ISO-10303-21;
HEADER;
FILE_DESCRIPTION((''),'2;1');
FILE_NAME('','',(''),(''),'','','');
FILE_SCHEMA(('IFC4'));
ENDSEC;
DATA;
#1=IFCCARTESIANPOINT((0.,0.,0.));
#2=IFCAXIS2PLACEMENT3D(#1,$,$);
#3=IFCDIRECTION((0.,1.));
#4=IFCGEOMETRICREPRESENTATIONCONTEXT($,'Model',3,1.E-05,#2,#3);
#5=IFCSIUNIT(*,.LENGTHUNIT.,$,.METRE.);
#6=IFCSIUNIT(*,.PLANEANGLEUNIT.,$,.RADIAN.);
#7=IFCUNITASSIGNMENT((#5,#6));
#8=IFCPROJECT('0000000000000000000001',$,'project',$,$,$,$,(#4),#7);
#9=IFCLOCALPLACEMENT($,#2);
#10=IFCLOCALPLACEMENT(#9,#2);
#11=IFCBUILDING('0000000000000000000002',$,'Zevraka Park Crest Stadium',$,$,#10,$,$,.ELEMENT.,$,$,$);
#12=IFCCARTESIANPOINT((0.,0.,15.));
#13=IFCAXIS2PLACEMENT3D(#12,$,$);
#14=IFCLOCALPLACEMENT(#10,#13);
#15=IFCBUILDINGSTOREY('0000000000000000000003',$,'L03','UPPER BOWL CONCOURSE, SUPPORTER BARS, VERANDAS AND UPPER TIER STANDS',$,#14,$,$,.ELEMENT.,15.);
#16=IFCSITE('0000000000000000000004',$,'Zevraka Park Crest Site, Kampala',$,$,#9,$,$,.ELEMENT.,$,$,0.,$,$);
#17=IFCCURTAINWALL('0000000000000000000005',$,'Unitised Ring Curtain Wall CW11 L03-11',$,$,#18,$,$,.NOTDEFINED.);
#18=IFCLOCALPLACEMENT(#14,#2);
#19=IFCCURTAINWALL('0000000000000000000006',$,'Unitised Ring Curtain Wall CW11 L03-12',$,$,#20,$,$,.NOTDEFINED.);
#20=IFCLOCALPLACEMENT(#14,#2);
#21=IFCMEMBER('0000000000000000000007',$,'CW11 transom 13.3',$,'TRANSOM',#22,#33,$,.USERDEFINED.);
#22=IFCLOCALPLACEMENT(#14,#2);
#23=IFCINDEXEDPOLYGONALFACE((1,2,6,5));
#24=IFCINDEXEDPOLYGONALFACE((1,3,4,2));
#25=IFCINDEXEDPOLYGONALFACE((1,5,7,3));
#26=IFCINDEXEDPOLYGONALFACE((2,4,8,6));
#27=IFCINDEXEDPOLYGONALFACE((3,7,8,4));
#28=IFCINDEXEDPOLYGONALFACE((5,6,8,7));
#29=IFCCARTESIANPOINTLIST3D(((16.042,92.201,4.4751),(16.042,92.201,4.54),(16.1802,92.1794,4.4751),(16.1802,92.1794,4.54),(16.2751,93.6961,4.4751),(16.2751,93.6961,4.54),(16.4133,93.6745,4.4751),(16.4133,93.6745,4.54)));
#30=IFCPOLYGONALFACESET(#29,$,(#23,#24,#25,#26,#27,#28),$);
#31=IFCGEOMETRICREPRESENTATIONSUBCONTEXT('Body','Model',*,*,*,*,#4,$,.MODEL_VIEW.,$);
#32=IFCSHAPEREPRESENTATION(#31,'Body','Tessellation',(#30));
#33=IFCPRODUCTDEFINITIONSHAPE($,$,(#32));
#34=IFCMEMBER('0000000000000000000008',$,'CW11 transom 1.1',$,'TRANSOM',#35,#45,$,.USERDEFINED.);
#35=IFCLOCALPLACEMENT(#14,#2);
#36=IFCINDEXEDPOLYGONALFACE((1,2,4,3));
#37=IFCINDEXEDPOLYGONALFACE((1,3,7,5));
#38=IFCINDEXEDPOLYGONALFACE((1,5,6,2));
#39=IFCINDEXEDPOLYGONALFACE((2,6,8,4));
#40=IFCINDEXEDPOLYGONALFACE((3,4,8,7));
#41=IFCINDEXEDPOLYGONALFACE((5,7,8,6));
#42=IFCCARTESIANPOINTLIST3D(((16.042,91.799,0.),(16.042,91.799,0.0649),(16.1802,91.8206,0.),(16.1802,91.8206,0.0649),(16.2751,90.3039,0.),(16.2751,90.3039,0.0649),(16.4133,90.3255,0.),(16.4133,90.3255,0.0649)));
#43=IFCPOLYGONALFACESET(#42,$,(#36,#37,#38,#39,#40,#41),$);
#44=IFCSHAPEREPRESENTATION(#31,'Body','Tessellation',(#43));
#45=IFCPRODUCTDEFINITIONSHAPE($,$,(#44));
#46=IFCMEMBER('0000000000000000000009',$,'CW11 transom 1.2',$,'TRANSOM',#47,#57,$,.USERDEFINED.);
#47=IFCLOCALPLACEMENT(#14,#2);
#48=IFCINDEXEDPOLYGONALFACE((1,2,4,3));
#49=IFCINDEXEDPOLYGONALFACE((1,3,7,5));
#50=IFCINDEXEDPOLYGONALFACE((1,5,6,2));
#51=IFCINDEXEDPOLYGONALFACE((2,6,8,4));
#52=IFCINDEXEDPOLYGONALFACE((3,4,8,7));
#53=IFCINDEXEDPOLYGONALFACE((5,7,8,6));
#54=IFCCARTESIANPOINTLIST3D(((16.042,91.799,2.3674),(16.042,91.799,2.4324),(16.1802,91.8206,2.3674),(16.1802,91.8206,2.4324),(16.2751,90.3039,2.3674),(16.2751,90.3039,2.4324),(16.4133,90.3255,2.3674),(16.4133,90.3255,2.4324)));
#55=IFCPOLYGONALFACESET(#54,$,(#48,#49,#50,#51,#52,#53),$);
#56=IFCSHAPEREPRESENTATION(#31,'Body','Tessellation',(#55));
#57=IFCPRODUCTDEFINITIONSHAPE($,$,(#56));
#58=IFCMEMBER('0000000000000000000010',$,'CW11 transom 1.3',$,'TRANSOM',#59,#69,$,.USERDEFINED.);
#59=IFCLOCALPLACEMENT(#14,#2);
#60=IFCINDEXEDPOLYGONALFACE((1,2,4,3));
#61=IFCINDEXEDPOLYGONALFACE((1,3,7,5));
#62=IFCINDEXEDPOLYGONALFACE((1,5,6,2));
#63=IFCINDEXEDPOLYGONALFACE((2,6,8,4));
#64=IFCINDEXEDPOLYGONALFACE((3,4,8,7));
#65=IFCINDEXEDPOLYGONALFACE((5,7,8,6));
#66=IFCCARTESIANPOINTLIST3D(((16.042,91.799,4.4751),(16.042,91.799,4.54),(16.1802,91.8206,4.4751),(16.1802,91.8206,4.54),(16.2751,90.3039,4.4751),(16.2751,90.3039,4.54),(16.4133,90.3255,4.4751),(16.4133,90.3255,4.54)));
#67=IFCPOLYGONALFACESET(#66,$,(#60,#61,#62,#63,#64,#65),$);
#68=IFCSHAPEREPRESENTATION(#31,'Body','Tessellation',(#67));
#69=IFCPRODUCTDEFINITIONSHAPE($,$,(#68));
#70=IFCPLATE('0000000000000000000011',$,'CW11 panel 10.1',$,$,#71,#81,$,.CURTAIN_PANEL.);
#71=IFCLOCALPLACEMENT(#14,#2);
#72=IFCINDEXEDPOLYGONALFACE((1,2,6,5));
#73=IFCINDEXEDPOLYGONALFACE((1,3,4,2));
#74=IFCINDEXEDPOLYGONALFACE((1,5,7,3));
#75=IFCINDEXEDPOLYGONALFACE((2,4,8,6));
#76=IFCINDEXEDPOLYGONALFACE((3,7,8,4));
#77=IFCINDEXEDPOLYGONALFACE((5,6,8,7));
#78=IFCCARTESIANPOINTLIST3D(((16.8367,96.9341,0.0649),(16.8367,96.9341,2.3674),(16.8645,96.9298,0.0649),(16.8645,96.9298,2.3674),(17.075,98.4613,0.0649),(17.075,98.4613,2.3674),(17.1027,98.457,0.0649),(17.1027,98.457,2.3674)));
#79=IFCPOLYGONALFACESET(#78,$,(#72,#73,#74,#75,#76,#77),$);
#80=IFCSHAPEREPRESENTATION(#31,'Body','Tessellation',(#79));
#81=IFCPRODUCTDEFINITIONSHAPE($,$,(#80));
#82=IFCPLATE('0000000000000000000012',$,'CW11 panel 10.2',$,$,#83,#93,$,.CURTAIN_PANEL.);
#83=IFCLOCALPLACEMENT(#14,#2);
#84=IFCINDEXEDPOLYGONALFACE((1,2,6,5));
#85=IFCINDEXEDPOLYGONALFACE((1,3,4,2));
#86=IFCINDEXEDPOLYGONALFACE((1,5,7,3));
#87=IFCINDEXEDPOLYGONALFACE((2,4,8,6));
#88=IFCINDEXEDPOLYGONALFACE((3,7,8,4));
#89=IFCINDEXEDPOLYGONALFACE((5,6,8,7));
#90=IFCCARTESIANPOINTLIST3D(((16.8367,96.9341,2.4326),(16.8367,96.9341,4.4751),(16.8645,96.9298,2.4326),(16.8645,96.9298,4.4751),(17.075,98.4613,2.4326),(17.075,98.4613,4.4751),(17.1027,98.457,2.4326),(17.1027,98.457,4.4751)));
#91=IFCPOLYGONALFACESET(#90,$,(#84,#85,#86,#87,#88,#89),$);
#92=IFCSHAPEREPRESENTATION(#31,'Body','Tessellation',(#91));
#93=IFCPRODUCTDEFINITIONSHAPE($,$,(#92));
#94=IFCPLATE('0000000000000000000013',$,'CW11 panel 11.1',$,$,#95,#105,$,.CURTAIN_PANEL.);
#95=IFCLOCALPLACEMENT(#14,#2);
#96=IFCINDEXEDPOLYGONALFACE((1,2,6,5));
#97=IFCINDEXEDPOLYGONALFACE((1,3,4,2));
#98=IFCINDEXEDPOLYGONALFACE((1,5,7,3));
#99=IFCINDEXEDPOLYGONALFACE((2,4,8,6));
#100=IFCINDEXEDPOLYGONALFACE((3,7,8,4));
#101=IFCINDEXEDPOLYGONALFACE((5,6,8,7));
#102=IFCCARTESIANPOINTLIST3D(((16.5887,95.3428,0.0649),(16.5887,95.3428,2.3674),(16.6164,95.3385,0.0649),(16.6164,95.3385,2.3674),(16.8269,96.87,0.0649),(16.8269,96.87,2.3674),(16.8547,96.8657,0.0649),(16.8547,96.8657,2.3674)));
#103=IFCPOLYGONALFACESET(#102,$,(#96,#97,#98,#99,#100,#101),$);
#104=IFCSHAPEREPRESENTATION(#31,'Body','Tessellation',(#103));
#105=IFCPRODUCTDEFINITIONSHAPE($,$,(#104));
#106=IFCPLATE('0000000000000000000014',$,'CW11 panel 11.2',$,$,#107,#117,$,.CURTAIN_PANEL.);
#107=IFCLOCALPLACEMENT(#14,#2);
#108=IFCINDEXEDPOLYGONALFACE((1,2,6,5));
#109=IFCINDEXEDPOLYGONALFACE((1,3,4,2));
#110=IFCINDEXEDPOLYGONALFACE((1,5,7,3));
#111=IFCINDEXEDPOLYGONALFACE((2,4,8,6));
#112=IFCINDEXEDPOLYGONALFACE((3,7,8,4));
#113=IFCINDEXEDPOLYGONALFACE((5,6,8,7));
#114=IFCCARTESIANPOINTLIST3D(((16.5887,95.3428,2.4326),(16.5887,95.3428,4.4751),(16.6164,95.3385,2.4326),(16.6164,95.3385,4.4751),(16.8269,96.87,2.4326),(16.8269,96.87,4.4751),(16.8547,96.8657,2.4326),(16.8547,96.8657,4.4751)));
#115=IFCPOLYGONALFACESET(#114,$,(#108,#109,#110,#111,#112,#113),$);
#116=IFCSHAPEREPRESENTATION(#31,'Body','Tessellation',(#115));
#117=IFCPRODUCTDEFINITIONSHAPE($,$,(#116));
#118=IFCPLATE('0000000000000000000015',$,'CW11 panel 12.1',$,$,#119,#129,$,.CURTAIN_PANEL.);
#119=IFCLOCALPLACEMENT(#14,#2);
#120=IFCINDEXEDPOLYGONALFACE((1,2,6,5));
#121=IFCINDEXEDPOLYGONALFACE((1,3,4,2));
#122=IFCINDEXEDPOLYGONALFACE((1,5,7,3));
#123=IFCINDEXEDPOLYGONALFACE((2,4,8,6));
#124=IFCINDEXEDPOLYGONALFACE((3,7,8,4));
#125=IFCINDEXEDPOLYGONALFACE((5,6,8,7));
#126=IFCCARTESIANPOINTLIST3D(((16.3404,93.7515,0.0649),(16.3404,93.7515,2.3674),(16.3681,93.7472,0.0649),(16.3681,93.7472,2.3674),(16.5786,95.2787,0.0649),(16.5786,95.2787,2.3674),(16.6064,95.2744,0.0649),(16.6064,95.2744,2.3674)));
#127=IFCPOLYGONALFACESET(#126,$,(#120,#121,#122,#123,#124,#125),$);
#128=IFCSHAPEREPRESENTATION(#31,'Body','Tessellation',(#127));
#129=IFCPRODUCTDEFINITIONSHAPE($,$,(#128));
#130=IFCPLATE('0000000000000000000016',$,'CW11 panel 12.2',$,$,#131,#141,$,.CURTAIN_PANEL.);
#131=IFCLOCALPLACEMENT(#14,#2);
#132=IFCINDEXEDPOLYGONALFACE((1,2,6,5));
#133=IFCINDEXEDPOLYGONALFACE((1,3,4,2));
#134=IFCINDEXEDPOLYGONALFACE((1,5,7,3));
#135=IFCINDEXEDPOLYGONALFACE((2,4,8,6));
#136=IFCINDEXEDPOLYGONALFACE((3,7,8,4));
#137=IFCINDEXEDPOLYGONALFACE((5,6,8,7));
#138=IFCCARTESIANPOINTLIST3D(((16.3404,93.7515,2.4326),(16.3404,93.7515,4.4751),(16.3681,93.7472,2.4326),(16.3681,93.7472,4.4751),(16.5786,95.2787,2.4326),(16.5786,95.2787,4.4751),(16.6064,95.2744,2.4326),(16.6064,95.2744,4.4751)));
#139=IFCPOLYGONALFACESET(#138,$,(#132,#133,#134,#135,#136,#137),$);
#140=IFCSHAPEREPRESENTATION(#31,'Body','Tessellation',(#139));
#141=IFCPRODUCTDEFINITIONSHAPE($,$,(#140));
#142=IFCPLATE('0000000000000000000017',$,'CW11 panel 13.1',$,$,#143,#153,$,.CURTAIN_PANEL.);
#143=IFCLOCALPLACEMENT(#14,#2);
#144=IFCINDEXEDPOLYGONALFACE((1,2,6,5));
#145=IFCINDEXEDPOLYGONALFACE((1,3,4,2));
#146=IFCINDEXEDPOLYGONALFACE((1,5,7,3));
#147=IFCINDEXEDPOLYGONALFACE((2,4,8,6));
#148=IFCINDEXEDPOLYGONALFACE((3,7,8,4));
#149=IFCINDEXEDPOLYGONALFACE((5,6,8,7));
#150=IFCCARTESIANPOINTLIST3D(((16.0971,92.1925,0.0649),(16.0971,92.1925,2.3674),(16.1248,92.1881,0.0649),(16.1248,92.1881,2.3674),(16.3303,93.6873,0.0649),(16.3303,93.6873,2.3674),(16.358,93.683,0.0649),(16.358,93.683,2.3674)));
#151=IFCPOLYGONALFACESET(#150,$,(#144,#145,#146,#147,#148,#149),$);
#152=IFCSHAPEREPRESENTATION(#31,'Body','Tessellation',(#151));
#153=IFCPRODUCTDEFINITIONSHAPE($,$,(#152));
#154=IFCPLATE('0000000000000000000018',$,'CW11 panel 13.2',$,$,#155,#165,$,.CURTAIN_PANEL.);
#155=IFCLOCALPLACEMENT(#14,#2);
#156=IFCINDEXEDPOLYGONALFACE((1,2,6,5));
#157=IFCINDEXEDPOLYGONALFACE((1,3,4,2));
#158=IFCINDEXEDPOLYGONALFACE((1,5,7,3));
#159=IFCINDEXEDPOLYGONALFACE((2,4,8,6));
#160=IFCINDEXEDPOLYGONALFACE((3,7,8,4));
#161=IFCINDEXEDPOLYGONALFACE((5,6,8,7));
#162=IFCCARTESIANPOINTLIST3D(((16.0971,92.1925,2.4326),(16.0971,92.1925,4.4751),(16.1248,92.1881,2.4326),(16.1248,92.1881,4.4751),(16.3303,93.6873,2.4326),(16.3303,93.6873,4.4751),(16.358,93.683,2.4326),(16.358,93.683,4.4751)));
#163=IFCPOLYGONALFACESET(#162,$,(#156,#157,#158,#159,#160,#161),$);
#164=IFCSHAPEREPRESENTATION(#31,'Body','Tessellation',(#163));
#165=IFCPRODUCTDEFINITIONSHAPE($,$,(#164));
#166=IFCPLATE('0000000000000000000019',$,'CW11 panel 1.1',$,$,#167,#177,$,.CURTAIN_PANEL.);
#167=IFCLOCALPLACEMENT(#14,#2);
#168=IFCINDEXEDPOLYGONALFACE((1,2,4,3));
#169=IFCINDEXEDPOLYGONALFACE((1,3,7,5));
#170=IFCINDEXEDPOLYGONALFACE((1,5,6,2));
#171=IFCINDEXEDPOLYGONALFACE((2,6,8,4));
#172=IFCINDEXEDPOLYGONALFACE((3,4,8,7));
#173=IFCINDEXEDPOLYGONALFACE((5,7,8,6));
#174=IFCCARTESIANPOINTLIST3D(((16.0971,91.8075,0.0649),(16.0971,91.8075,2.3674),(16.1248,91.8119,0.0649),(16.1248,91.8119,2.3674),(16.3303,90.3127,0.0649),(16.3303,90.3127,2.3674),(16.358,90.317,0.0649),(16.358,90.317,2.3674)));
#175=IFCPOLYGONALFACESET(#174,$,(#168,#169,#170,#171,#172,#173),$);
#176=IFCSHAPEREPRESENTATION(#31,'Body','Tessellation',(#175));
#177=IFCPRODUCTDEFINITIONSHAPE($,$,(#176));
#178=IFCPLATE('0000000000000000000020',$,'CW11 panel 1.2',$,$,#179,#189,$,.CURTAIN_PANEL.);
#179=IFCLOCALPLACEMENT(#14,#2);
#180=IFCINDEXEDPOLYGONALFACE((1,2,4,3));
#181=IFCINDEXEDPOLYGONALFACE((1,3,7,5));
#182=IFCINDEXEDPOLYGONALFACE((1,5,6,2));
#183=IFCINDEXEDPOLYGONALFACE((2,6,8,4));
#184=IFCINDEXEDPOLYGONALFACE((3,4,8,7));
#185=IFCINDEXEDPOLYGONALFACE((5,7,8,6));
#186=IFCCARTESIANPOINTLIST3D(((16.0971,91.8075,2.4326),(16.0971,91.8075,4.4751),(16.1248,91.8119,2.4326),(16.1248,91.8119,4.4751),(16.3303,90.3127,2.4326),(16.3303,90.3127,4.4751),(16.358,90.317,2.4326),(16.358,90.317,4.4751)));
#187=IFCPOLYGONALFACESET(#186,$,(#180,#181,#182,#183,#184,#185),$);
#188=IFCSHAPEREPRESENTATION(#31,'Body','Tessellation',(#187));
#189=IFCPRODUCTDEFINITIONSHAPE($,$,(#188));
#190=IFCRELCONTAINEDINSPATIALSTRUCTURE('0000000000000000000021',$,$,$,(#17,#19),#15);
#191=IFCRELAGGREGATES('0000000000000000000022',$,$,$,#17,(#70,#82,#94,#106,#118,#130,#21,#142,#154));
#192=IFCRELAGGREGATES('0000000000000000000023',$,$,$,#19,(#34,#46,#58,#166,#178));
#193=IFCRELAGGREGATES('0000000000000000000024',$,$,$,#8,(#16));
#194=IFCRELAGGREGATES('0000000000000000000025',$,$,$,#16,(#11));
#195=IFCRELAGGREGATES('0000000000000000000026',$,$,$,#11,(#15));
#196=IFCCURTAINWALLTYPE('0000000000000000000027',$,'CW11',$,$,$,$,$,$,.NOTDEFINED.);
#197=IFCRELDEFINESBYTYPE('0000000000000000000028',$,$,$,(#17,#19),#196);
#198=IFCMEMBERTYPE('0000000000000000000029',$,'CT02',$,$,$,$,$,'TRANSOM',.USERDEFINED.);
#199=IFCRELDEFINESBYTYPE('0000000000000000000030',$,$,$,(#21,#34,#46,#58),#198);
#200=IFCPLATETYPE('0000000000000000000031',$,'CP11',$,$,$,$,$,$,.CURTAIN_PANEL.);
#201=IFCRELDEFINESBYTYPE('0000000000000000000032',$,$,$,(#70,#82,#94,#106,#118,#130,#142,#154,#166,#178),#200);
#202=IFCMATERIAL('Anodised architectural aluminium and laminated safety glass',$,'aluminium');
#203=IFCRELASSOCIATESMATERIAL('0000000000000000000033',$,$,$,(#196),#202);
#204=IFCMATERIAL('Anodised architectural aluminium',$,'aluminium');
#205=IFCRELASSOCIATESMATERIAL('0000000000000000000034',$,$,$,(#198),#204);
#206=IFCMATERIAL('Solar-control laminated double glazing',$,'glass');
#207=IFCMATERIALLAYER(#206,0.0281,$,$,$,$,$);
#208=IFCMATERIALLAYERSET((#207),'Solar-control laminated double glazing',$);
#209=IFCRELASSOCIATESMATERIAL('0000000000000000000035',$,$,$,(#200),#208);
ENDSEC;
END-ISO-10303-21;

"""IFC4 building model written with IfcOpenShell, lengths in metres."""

from ifc_helpers import new_model, si_unit, direction, frame, origin, origin_2d, place, context, subcontext, project, spatial, rectangle, extrude, material, layer, layer_set, material_profile, profile_set, type_object, element, aggregate, save


model = new_model("IFC4")

# Units and contexts
model_context = context("Model", 3, precision=1e-05, world=origin(), true_north=direction((0.0, 1.0)))
body_context = subcontext(model_context, "Body", "Model", "MODEL_VIEW")
ifc_project = project(units=[si_unit("LENGTHUNIT", "METRE"), si_unit("PLANEANGLEUNIT", "RADIAN")], contexts=[model_context])

# Site, building, storey
site_placement = place(None, origin())
site = spatial("IfcSite", under=ifc_project, at=site_placement, Name="Zevraka Park Crest Site, Kampala", CompositionType="ELEMENT", RefElevation=0.0)
building_placement = place(site_placement, origin())
building = spatial("IfcBuilding", under=site, at=building_placement, Name="Zevraka Park Crest Stadium", CompositionType="ELEMENT")
storey_placement = place(building_placement, frame((0.0, 0.0, 15.0)))
storey = spatial("IfcBuildingStorey", under=building, at=storey_placement, Name="L03", Description="UPPER BOWL CONCOURSE, SUPPORTER BARS, VERANDAS AND UPPER TIER STANDS", CompositionType="ELEMENT", Elevation=15.0)

# Curtain walls
ifc_material_1 = material(Name="Anodised architectural aluminium and laminated safety glass", Category="aluminium")
curtain_wall_type = type_object("IfcCurtainWallType", Name="CW11", PredefinedType="NOTDEFINED", material=ifc_material_1)
curtain_wall_1_placement = place(storey_placement, origin())
curtain_wall_1 = element("IfcCurtainWall", 1, at=curtain_wall_1_placement, inside=storey, type_object=curtain_wall_type, Name="Unitised Ring Curtain Wall CW11 L03-11", PredefinedType="NOTDEFINED")
curtain_wall_2_placement = place(storey_placement, origin())
curtain_wall_2 = element("IfcCurtainWall", 2, at=curtain_wall_2_placement, inside=storey, type_object=curtain_wall_type, Name="Unitised Ring Curtain Wall CW11 L03-12", PredefinedType="NOTDEFINED")

# Members
ifc_material_2 = material(Name="Anodised architectural aluminium", Category="aluminium")
ifc_material_profile_1 = material_profile(ifc_material_2, rectangle(XDim=0.1399, YDim=0.0649, at=origin_2d()), Name="ALU TRANSOM 140x65")
ifc_profile_set_1 = profile_set([ifc_material_profile_1], Name="Anodised architectural aluminium")
member_type_1 = type_object("IfcMemberType", Name="CT02", ElementType="TRANSOM", PredefinedType="USERDEFINED", material=ifc_profile_set_1)
member_1_placement = place(storey_placement, frame((16.3442, 93.6853, 4.5076), z_axis=(-0.154082, -0.988058, 0.0), x_axis=(0.988058, -0.154082, 0.0)))
member_1 = element("IfcMember", 3, at=member_1_placement, type_object=member_type_1, Name="CW11 transom 13.3", ObjectType="TRANSOM", PredefinedType="USERDEFINED", context=body_context, shape_type="SweptSolid", body=[
    extrude(rectangle(XDim=0.1399, YDim=0.0649, at=origin_2d()), origin(), (0.0, 0.0, 1.0), 1.5132),
])
member_2_placement = place(storey_placement, frame((16.1111, 91.8098, 0.0325), z_axis=(0.154082, -0.988058, 0.0), x_axis=(0.988058, 0.154082, 0.0)))
member_2 = element("IfcMember", 4, at=member_2_placement, type_object=member_type_1, Name="CW11 transom 1.1", ObjectType="TRANSOM", PredefinedType="USERDEFINED", context=body_context, shape_type="SweptSolid", body=[
    extrude(rectangle(XDim=0.1399, YDim=0.0649, at=origin_2d()), origin(), (0.0, 0.0, 1.0), 1.5132),
])
member_3_placement = place(storey_placement, frame((16.1111, 91.8098, 2.3999), z_axis=(0.154082, -0.988058, 0.0), x_axis=(0.988058, 0.154082, 0.0)))
member_3 = element("IfcMember", 5, at=member_3_placement, type_object=member_type_1, Name="CW11 transom 1.2", ObjectType="TRANSOM", PredefinedType="USERDEFINED", context=body_context, shape_type="SweptSolid", body=[
    extrude(rectangle(XDim=0.1399, YDim=0.0649, at=origin_2d()), origin(), (0.0, 0.0, 1.0), 1.5132),
])
member_4_placement = place(storey_placement, frame((16.1111, 91.8098, 4.5076), z_axis=(0.154082, -0.988058, 0.0), x_axis=(0.988058, 0.154082, 0.0)))
member_4 = element("IfcMember", 6, at=member_4_placement, type_object=member_type_1, Name="CW11 transom 1.3", ObjectType="TRANSOM", PredefinedType="USERDEFINED", context=body_context, shape_type="SweptSolid", body=[
    extrude(rectangle(XDim=0.1399, YDim=0.0649, at=origin_2d()), origin(), (0.0, 0.0, 1.0), 1.5132),
])

# Plates
ifc_material_3 = material(Name="Solar-control laminated double glazing", Category="glass")
ifc_layer_1 = layer(ifc_material_3, 0.0281)
ifc_layer_set_1 = layer_set([ifc_layer_1], Name="Solar-control laminated double glazing")
plate_type = type_object("IfcPlateType", Name="CP11", PredefinedType="CURTAIN_PANEL", material=ifc_layer_set_1)
plate_1_placement = place(storey_placement, frame((16.9697, 97.6956, 0.0649), z_axis=(0.0, 0.0, 1.0), x_axis=(-0.154128, -0.988051, 0.0)))
plate_1 = element("IfcPlate", 7, at=plate_1_placement, type_object=plate_type, Name="CW11 panel 10.1", PredefinedType="CURTAIN_PANEL", context=body_context, shape_type="SweptSolid", body=[
    extrude(rectangle(XDim=1.5457, YDim=0.0281, at=origin_2d()), origin(), (0.0, 0.0, 1.0), 2.3025),
])
plate_2_placement = place(storey_placement, frame((16.9697, 97.6956, 2.4326), z_axis=(0.0, 0.0, 1.0), x_axis=(-0.154128, -0.988051, 0.0)))
plate_2 = element("IfcPlate", 8, at=plate_2_placement, type_object=plate_type, Name="CW11 panel 10.2", PredefinedType="CURTAIN_PANEL", context=body_context, shape_type="SweptSolid", body=[
    extrude(rectangle(XDim=1.5457, YDim=0.0281, at=origin_2d()), origin(), (0.0, 0.0, 1.0), 2.0425),
])
plate_3_placement = place(storey_placement, frame((16.7217, 96.1042, 0.0649), z_axis=(0.0, 0.0, 1.0), x_axis=(-0.154128, -0.988051, 0.0)))
plate_3 = element("IfcPlate", 9, at=plate_3_placement, type_object=plate_type, Name="CW11 panel 11.1", PredefinedType="CURTAIN_PANEL", context=body_context, shape_type="SweptSolid", body=[
    extrude(rectangle(XDim=1.5457, YDim=0.0281, at=origin_2d()), origin(), (0.0, 0.0, 1.0), 2.3025),
])
plate_4_placement = place(storey_placement, frame((16.7217, 96.1042, 2.4326), z_axis=(0.0, 0.0, 1.0), x_axis=(-0.154128, -0.988051, 0.0)))
plate_4 = element("IfcPlate", 10, at=plate_4_placement, type_object=plate_type, Name="CW11 panel 11.2", PredefinedType="CURTAIN_PANEL", context=body_context, shape_type="SweptSolid", body=[
    extrude(rectangle(XDim=1.5457, YDim=0.0281, at=origin_2d()), origin(), (0.0, 0.0, 1.0), 2.0425),
])
plate_5_placement = place(storey_placement, frame((16.4734, 94.5129, 0.0649), z_axis=(0.0, 0.0, 1.0), x_axis=(-0.154128, -0.988051, 0.0)))
plate_5 = element("IfcPlate", 11, at=plate_5_placement, type_object=plate_type, Name="CW11 panel 12.1", PredefinedType="CURTAIN_PANEL", context=body_context, shape_type="SweptSolid", body=[
    extrude(rectangle(XDim=1.5457, YDim=0.0281, at=origin_2d()), origin(), (0.0, 0.0, 1.0), 2.3025),
])
plate_6_placement = place(storey_placement, frame((16.4734, 94.5129, 2.4326), z_axis=(0.0, 0.0, 1.0), x_axis=(-0.154128, -0.988051, 0.0)))
plate_6 = element("IfcPlate", 12, at=plate_6_placement, type_object=plate_type, Name="CW11 panel 12.2", PredefinedType="CURTAIN_PANEL", context=body_context, shape_type="SweptSolid", body=[
    extrude(rectangle(XDim=1.5457, YDim=0.0281, at=origin_2d()), origin(), (0.0, 0.0, 1.0), 2.0425),
])
plate_7_placement = place(storey_placement, frame((16.2275, 92.9377, 0.0649), z_axis=(0.0, 0.0, 1.0), x_axis=(-0.154128, -0.988051, 0.0)))
plate_7 = element("IfcPlate", 13, at=plate_7_placement, type_object=plate_type, Name="CW11 panel 13.1", PredefinedType="CURTAIN_PANEL", context=body_context, shape_type="SweptSolid", body=[
    extrude(rectangle(XDim=1.5129, YDim=0.0281, at=origin_2d()), origin(), (0.0, 0.0, 1.0), 2.3025),
])
plate_8_placement = place(storey_placement, frame((16.2275, 92.9377, 2.4326), z_axis=(0.0, 0.0, 1.0), x_axis=(-0.154128, -0.988051, 0.0)))
plate_8 = element("IfcPlate", 14, at=plate_8_placement, type_object=plate_type, Name="CW11 panel 13.2", PredefinedType="CURTAIN_PANEL", context=body_context, shape_type="SweptSolid", body=[
    extrude(rectangle(XDim=1.5129, YDim=0.0281, at=origin_2d()), origin(), (0.0, 0.0, 1.0), 2.0425),
])
aggregate(curtain_wall_1, [plate_1, plate_2, plate_3, plate_4, plate_5, plate_6, member_1, plate_7, plate_8])
plate_9_placement = place(storey_placement, frame((16.2275, 91.0623, 0.0649), z_axis=(0.0, 0.0, 1.0), x_axis=(0.154128, -0.988051, 0.0)))
plate_9 = element("IfcPlate", 15, at=plate_9_placement, type_object=plate_type, Name="CW11 panel 1.1", PredefinedType="CURTAIN_PANEL", context=body_context, shape_type="SweptSolid", body=[
    extrude(rectangle(XDim=1.5129, YDim=0.0281, at=origin_2d()), origin(), (0.0, 0.0, 1.0), 2.3025),
])
plate_10_placement = place(storey_placement, frame((16.2275, 91.0623, 2.4326), z_axis=(0.0, 0.0, 1.0), x_axis=(0.154128, -0.988051, 0.0)))
plate_10 = element("IfcPlate", 16, at=plate_10_placement, type_object=plate_type, Name="CW11 panel 1.2", PredefinedType="CURTAIN_PANEL", context=body_context, shape_type="SweptSolid", body=[
    extrude(rectangle(XDim=1.5129, YDim=0.0281, at=origin_2d()), origin(), (0.0, 0.0, 1.0), 2.0425),
])
aggregate(curtain_wall_2, [member_2, member_3, member_4, plate_9, plate_10])

save(model, "model.ifc")
